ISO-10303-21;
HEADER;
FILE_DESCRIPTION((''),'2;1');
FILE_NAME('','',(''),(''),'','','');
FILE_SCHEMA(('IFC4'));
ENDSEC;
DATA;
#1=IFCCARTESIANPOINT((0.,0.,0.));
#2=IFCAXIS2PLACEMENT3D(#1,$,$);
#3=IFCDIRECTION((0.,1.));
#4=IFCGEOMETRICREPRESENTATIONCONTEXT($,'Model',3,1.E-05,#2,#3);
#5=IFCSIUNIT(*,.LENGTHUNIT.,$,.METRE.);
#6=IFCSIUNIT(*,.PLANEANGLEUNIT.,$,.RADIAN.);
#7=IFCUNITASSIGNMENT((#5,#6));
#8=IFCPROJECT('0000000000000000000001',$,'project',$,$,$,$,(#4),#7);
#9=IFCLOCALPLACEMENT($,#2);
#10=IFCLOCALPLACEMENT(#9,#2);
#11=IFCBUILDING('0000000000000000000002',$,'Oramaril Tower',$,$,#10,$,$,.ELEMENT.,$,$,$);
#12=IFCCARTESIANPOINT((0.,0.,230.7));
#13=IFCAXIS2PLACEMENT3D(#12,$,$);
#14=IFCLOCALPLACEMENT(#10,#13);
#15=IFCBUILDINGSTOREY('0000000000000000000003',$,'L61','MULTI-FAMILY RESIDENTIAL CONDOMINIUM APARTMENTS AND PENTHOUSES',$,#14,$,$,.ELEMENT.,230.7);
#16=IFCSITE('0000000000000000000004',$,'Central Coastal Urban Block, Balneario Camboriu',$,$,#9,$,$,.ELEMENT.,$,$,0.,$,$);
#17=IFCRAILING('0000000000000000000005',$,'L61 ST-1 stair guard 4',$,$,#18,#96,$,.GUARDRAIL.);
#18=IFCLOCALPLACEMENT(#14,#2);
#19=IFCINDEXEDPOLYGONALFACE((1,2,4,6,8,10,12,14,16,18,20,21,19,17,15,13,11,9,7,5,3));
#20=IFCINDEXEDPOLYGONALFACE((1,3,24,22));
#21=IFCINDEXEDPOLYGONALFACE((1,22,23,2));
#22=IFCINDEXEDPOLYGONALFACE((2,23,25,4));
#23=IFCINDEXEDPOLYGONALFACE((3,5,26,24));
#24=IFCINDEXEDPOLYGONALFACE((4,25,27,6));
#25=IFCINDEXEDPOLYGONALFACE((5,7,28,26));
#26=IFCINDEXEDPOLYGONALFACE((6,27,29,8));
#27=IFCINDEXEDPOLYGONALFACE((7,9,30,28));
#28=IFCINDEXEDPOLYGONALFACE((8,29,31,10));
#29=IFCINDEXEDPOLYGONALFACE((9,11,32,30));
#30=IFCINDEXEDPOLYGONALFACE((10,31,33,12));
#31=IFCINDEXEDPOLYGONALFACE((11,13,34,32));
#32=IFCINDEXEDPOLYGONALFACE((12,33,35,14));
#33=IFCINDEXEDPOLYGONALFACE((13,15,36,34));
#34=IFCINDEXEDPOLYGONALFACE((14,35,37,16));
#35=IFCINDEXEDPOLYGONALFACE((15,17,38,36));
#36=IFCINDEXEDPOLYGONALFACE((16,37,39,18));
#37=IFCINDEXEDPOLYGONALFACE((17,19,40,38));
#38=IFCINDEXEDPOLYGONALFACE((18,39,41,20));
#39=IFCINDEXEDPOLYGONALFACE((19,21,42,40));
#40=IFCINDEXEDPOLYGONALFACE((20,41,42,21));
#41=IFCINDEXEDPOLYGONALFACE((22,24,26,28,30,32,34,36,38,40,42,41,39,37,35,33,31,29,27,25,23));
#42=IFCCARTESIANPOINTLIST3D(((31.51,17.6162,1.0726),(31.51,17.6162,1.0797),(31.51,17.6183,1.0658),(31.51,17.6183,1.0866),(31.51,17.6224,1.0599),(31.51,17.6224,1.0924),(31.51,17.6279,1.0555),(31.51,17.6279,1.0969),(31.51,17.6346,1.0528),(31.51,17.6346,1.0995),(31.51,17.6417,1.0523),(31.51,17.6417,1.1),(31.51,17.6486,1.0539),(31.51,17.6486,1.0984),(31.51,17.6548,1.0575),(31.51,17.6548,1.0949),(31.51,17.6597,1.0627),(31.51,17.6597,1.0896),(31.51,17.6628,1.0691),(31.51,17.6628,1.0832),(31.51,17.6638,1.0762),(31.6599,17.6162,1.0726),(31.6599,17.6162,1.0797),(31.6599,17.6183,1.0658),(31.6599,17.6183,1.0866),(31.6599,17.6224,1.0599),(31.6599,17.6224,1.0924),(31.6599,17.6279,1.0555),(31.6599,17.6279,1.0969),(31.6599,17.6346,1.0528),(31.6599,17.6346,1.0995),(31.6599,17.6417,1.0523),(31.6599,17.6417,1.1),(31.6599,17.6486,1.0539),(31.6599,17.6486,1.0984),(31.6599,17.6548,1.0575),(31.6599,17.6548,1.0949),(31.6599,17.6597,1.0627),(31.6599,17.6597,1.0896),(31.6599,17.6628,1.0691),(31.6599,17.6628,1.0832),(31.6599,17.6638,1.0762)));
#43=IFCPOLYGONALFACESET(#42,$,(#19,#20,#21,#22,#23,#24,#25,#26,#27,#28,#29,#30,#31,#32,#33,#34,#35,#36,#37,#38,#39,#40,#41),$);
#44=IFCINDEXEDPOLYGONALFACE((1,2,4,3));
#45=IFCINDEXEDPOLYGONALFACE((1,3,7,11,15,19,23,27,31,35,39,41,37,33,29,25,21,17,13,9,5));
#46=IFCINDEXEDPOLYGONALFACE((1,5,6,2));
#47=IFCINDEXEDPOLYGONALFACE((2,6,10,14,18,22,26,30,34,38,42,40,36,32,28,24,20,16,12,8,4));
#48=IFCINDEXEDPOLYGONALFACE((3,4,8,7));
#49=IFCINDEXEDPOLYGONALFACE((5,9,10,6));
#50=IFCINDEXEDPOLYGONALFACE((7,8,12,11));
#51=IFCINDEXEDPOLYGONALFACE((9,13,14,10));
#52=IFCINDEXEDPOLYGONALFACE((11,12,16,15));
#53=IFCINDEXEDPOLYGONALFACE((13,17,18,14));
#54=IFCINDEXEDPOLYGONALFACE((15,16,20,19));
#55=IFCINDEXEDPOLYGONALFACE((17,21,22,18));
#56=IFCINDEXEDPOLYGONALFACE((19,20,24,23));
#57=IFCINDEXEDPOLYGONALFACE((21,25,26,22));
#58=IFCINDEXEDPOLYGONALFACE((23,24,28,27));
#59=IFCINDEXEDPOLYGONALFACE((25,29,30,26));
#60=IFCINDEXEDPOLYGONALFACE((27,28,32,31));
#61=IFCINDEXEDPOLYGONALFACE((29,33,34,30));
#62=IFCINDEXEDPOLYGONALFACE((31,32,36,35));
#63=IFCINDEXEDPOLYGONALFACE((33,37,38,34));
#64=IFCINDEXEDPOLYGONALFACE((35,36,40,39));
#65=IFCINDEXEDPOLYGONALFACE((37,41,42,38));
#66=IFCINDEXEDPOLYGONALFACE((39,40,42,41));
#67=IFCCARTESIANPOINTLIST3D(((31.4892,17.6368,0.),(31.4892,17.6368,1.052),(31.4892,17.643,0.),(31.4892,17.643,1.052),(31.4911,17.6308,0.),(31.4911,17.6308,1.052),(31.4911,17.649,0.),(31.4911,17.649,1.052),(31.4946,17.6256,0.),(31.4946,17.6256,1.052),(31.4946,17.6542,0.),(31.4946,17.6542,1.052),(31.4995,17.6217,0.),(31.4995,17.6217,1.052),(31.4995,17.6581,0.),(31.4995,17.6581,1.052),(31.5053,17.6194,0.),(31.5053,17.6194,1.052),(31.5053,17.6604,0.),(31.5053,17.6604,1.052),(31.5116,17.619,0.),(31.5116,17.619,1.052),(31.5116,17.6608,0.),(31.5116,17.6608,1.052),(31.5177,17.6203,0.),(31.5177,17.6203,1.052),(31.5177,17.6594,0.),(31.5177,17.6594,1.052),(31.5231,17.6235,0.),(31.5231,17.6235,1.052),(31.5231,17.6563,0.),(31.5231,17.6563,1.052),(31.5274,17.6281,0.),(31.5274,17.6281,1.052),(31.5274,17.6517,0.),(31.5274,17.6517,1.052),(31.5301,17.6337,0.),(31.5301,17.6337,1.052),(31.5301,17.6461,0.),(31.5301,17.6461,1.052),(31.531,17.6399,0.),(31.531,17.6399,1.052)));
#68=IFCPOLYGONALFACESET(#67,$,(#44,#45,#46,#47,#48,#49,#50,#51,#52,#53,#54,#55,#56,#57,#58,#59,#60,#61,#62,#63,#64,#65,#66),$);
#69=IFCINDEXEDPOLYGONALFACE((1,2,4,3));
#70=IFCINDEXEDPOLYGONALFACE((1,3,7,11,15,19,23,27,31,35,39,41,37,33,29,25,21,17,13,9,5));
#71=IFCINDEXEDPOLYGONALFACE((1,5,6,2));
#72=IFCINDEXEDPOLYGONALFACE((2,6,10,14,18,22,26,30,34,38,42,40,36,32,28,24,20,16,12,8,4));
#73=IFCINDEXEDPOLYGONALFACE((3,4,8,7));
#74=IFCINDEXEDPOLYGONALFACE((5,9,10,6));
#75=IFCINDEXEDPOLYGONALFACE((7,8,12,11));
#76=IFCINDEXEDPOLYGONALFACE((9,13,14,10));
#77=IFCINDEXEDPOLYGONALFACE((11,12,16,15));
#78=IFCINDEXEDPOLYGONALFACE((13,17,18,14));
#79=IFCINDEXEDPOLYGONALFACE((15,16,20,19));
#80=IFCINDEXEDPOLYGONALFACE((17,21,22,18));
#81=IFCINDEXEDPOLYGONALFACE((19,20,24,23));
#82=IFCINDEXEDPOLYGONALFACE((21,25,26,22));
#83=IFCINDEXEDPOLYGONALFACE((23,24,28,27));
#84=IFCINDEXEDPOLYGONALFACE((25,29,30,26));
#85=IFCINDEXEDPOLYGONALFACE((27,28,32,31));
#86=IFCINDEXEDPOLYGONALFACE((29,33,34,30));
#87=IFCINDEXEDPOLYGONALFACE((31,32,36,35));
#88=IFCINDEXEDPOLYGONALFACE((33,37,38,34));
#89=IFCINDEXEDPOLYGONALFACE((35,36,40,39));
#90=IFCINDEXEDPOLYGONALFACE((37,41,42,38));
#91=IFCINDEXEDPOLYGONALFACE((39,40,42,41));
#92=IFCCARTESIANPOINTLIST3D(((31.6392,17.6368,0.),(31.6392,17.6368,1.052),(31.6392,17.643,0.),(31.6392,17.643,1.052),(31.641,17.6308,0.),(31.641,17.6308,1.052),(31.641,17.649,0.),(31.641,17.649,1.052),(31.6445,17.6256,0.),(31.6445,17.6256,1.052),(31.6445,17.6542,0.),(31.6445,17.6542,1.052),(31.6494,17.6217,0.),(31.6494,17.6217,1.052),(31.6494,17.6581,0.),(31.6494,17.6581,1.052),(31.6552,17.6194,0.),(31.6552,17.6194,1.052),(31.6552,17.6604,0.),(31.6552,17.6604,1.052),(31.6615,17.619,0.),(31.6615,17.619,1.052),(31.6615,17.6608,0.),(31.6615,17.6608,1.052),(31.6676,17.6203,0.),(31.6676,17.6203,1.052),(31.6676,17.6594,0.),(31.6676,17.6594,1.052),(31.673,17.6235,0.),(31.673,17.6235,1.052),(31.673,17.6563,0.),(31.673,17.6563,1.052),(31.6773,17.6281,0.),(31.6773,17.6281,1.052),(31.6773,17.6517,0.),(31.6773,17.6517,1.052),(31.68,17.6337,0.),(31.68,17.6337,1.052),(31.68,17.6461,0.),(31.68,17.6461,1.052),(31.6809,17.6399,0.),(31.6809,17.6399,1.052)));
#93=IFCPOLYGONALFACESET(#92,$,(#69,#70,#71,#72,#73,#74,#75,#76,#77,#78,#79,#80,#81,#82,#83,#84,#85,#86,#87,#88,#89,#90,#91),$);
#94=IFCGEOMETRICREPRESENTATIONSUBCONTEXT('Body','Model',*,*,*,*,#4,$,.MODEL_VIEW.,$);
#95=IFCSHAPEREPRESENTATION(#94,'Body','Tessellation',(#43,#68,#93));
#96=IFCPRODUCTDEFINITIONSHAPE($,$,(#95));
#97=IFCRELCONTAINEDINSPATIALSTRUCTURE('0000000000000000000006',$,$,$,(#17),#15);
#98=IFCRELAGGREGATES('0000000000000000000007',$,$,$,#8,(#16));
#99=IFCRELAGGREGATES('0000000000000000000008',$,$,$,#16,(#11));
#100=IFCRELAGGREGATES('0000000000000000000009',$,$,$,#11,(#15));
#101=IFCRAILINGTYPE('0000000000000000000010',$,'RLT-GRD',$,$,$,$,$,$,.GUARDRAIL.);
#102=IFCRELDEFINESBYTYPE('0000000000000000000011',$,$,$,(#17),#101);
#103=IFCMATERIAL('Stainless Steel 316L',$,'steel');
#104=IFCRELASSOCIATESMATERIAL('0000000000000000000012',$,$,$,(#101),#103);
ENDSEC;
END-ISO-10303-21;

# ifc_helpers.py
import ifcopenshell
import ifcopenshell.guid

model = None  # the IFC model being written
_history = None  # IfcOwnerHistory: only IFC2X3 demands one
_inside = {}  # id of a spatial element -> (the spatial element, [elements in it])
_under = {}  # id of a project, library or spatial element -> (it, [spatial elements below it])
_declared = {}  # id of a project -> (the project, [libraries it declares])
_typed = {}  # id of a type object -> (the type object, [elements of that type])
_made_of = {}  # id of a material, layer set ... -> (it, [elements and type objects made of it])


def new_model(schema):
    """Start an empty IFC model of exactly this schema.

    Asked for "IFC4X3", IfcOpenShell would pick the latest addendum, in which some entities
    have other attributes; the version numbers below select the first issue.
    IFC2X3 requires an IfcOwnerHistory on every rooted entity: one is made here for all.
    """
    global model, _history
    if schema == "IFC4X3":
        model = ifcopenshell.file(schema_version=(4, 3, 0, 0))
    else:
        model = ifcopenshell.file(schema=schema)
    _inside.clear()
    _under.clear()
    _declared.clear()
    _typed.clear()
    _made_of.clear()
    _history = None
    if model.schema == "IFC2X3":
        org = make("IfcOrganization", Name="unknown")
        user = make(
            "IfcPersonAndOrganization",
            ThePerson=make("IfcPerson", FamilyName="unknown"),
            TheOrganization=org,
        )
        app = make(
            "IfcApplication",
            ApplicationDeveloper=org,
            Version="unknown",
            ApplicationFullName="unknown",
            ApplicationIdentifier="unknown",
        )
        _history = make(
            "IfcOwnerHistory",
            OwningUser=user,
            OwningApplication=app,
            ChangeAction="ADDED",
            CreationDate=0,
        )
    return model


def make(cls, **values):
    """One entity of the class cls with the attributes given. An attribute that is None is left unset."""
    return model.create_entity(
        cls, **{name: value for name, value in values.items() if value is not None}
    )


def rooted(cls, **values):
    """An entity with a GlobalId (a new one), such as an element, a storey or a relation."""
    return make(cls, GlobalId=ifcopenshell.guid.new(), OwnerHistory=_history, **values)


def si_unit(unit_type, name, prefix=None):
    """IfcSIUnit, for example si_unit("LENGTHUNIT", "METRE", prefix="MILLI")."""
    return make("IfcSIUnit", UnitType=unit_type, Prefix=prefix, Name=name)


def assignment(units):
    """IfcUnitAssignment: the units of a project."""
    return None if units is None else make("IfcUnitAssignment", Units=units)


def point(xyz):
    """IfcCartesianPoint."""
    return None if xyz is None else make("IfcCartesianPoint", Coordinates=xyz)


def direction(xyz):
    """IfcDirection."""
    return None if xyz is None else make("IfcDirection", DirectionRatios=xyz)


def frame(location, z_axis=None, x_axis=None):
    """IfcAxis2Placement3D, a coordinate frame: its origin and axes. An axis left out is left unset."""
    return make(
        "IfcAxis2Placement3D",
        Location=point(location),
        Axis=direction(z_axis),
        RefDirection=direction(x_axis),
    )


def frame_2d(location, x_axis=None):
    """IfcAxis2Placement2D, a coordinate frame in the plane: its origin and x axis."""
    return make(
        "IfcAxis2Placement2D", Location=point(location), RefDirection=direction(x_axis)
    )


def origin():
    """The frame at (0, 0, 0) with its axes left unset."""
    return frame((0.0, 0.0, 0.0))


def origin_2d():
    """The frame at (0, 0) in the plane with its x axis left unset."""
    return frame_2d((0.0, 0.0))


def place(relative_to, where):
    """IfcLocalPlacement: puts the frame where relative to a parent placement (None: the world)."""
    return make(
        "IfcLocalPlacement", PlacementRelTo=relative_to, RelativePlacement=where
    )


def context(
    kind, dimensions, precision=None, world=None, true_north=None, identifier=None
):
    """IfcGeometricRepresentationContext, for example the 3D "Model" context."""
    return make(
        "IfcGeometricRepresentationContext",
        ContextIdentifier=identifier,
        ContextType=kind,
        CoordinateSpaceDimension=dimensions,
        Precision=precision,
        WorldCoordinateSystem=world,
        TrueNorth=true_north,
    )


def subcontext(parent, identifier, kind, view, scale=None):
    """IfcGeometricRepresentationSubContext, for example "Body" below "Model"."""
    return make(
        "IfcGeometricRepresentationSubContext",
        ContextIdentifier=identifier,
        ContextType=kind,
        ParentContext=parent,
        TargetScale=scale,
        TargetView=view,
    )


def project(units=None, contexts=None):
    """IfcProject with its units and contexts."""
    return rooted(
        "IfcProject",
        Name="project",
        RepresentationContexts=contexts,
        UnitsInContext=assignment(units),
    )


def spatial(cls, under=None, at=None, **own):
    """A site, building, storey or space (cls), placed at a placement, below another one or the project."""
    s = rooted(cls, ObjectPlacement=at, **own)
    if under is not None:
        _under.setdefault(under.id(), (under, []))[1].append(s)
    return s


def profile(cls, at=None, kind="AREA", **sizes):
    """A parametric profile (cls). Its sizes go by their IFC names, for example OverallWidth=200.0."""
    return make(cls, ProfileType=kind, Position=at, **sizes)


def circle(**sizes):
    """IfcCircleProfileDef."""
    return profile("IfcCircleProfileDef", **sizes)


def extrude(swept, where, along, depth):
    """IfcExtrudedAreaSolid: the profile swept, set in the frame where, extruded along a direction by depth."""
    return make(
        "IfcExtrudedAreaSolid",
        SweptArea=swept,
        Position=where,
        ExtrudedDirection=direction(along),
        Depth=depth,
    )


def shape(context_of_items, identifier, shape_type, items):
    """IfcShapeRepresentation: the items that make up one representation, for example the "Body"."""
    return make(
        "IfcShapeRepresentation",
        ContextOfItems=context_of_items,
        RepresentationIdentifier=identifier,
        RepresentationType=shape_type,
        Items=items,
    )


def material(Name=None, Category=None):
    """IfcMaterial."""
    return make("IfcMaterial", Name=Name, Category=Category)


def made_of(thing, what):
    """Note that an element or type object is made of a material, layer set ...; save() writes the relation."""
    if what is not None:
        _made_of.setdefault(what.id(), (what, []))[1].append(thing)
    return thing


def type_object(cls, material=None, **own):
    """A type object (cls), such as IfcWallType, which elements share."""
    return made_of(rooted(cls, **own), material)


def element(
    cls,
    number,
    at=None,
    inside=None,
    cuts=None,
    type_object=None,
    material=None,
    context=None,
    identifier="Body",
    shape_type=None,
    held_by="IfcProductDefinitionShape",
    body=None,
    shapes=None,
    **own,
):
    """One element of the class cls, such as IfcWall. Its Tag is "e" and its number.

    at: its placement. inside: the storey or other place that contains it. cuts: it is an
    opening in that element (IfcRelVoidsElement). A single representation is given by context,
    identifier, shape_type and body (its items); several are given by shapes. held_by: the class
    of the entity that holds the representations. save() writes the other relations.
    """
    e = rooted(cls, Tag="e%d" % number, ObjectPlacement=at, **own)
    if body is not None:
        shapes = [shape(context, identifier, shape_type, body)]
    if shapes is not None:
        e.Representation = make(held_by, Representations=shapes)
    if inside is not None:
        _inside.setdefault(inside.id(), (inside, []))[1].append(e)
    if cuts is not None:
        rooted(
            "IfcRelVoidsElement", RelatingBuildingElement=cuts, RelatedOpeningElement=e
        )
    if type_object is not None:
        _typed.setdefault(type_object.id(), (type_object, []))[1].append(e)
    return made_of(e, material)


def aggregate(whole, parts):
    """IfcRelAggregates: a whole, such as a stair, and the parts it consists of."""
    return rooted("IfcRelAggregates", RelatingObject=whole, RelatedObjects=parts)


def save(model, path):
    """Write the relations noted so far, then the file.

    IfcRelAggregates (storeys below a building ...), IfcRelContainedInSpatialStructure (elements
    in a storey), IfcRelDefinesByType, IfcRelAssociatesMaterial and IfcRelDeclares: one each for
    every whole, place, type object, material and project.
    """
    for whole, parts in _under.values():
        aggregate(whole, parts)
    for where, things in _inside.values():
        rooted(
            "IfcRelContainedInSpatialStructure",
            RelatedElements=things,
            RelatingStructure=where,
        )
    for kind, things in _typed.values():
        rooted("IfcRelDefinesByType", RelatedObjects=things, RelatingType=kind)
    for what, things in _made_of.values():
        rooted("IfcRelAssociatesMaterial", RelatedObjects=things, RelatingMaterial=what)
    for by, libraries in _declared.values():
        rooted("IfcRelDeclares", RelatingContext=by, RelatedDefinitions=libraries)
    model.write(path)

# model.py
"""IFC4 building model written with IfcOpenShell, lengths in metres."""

from ifc_helpers import new_model, si_unit, direction, frame, origin, origin_2d, place, context, subcontext, project, spatial, circle, extrude, material, type_object, element, save


model = new_model("IFC4")

# Units and contexts
model_context = context("Model", 3, precision=1e-05, world=origin(), true_north=direction((0.0, 1.0)))
body_context = subcontext(model_context, "Body", "Model", "MODEL_VIEW")
ifc_project = project(units=[si_unit("LENGTHUNIT", "METRE"), si_unit("PLANEANGLEUNIT", "RADIAN")], contexts=[model_context])

# Site, building, storey
site_placement = place(None, origin())
site = spatial("IfcSite", under=ifc_project, at=site_placement, Name="Central Coastal Urban Block, Balneario Camboriu", CompositionType="ELEMENT", RefElevation=0.0)
building_placement = place(site_placement, origin())
building = spatial("IfcBuilding", under=site, at=building_placement, Name="Oramaril Tower", CompositionType="ELEMENT")
storey_placement = place(building_placement, frame((0.0, 0.0, 230.7)))
storey = spatial("IfcBuildingStorey", under=building, at=storey_placement, Name="L61", Description="MULTI-FAMILY RESIDENTIAL CONDOMINIUM APARTMENTS AND PENTHOUSES", CompositionType="ELEMENT", Elevation=230.7)

# Railing
ifc_material_1 = material(Name="Stainless Steel 316L", Category="steel")
railing_type_1 = type_object("IfcRailingType", Name="RLT-GRD", PredefinedType="GUARDRAIL", material=ifc_material_1)
railing_1_placement = place(storey_placement, frame((31.51, 17.6399, 0.0)))
element("IfcRailing", 1, at=railing_1_placement, inside=storey, type_object=railing_type_1, Name="L61 ST-1 stair guard 4", PredefinedType="GUARDRAIL", context=body_context, shape_type="SweptSolid", body=[
    extrude(circle(Radius=0.0239, at=origin_2d()), frame((0.0, 0.0, 1.0762), z_axis=(1.0, 0.0, 0.0), x_axis=(0.0, 1.0, 0.0)), (0.0, 0.0, 1.0), 0.1499),
    extrude(circle(Radius=0.021, at=origin_2d()), origin(), (0.0, 0.0, 1.0), 1.052),
    extrude(circle(Radius=0.021, at=origin_2d()), frame((0.1499, 0.0, 0.0)), (0.0, 0.0, 1.0), 1.052),
])

save(model, "model.ifc")
